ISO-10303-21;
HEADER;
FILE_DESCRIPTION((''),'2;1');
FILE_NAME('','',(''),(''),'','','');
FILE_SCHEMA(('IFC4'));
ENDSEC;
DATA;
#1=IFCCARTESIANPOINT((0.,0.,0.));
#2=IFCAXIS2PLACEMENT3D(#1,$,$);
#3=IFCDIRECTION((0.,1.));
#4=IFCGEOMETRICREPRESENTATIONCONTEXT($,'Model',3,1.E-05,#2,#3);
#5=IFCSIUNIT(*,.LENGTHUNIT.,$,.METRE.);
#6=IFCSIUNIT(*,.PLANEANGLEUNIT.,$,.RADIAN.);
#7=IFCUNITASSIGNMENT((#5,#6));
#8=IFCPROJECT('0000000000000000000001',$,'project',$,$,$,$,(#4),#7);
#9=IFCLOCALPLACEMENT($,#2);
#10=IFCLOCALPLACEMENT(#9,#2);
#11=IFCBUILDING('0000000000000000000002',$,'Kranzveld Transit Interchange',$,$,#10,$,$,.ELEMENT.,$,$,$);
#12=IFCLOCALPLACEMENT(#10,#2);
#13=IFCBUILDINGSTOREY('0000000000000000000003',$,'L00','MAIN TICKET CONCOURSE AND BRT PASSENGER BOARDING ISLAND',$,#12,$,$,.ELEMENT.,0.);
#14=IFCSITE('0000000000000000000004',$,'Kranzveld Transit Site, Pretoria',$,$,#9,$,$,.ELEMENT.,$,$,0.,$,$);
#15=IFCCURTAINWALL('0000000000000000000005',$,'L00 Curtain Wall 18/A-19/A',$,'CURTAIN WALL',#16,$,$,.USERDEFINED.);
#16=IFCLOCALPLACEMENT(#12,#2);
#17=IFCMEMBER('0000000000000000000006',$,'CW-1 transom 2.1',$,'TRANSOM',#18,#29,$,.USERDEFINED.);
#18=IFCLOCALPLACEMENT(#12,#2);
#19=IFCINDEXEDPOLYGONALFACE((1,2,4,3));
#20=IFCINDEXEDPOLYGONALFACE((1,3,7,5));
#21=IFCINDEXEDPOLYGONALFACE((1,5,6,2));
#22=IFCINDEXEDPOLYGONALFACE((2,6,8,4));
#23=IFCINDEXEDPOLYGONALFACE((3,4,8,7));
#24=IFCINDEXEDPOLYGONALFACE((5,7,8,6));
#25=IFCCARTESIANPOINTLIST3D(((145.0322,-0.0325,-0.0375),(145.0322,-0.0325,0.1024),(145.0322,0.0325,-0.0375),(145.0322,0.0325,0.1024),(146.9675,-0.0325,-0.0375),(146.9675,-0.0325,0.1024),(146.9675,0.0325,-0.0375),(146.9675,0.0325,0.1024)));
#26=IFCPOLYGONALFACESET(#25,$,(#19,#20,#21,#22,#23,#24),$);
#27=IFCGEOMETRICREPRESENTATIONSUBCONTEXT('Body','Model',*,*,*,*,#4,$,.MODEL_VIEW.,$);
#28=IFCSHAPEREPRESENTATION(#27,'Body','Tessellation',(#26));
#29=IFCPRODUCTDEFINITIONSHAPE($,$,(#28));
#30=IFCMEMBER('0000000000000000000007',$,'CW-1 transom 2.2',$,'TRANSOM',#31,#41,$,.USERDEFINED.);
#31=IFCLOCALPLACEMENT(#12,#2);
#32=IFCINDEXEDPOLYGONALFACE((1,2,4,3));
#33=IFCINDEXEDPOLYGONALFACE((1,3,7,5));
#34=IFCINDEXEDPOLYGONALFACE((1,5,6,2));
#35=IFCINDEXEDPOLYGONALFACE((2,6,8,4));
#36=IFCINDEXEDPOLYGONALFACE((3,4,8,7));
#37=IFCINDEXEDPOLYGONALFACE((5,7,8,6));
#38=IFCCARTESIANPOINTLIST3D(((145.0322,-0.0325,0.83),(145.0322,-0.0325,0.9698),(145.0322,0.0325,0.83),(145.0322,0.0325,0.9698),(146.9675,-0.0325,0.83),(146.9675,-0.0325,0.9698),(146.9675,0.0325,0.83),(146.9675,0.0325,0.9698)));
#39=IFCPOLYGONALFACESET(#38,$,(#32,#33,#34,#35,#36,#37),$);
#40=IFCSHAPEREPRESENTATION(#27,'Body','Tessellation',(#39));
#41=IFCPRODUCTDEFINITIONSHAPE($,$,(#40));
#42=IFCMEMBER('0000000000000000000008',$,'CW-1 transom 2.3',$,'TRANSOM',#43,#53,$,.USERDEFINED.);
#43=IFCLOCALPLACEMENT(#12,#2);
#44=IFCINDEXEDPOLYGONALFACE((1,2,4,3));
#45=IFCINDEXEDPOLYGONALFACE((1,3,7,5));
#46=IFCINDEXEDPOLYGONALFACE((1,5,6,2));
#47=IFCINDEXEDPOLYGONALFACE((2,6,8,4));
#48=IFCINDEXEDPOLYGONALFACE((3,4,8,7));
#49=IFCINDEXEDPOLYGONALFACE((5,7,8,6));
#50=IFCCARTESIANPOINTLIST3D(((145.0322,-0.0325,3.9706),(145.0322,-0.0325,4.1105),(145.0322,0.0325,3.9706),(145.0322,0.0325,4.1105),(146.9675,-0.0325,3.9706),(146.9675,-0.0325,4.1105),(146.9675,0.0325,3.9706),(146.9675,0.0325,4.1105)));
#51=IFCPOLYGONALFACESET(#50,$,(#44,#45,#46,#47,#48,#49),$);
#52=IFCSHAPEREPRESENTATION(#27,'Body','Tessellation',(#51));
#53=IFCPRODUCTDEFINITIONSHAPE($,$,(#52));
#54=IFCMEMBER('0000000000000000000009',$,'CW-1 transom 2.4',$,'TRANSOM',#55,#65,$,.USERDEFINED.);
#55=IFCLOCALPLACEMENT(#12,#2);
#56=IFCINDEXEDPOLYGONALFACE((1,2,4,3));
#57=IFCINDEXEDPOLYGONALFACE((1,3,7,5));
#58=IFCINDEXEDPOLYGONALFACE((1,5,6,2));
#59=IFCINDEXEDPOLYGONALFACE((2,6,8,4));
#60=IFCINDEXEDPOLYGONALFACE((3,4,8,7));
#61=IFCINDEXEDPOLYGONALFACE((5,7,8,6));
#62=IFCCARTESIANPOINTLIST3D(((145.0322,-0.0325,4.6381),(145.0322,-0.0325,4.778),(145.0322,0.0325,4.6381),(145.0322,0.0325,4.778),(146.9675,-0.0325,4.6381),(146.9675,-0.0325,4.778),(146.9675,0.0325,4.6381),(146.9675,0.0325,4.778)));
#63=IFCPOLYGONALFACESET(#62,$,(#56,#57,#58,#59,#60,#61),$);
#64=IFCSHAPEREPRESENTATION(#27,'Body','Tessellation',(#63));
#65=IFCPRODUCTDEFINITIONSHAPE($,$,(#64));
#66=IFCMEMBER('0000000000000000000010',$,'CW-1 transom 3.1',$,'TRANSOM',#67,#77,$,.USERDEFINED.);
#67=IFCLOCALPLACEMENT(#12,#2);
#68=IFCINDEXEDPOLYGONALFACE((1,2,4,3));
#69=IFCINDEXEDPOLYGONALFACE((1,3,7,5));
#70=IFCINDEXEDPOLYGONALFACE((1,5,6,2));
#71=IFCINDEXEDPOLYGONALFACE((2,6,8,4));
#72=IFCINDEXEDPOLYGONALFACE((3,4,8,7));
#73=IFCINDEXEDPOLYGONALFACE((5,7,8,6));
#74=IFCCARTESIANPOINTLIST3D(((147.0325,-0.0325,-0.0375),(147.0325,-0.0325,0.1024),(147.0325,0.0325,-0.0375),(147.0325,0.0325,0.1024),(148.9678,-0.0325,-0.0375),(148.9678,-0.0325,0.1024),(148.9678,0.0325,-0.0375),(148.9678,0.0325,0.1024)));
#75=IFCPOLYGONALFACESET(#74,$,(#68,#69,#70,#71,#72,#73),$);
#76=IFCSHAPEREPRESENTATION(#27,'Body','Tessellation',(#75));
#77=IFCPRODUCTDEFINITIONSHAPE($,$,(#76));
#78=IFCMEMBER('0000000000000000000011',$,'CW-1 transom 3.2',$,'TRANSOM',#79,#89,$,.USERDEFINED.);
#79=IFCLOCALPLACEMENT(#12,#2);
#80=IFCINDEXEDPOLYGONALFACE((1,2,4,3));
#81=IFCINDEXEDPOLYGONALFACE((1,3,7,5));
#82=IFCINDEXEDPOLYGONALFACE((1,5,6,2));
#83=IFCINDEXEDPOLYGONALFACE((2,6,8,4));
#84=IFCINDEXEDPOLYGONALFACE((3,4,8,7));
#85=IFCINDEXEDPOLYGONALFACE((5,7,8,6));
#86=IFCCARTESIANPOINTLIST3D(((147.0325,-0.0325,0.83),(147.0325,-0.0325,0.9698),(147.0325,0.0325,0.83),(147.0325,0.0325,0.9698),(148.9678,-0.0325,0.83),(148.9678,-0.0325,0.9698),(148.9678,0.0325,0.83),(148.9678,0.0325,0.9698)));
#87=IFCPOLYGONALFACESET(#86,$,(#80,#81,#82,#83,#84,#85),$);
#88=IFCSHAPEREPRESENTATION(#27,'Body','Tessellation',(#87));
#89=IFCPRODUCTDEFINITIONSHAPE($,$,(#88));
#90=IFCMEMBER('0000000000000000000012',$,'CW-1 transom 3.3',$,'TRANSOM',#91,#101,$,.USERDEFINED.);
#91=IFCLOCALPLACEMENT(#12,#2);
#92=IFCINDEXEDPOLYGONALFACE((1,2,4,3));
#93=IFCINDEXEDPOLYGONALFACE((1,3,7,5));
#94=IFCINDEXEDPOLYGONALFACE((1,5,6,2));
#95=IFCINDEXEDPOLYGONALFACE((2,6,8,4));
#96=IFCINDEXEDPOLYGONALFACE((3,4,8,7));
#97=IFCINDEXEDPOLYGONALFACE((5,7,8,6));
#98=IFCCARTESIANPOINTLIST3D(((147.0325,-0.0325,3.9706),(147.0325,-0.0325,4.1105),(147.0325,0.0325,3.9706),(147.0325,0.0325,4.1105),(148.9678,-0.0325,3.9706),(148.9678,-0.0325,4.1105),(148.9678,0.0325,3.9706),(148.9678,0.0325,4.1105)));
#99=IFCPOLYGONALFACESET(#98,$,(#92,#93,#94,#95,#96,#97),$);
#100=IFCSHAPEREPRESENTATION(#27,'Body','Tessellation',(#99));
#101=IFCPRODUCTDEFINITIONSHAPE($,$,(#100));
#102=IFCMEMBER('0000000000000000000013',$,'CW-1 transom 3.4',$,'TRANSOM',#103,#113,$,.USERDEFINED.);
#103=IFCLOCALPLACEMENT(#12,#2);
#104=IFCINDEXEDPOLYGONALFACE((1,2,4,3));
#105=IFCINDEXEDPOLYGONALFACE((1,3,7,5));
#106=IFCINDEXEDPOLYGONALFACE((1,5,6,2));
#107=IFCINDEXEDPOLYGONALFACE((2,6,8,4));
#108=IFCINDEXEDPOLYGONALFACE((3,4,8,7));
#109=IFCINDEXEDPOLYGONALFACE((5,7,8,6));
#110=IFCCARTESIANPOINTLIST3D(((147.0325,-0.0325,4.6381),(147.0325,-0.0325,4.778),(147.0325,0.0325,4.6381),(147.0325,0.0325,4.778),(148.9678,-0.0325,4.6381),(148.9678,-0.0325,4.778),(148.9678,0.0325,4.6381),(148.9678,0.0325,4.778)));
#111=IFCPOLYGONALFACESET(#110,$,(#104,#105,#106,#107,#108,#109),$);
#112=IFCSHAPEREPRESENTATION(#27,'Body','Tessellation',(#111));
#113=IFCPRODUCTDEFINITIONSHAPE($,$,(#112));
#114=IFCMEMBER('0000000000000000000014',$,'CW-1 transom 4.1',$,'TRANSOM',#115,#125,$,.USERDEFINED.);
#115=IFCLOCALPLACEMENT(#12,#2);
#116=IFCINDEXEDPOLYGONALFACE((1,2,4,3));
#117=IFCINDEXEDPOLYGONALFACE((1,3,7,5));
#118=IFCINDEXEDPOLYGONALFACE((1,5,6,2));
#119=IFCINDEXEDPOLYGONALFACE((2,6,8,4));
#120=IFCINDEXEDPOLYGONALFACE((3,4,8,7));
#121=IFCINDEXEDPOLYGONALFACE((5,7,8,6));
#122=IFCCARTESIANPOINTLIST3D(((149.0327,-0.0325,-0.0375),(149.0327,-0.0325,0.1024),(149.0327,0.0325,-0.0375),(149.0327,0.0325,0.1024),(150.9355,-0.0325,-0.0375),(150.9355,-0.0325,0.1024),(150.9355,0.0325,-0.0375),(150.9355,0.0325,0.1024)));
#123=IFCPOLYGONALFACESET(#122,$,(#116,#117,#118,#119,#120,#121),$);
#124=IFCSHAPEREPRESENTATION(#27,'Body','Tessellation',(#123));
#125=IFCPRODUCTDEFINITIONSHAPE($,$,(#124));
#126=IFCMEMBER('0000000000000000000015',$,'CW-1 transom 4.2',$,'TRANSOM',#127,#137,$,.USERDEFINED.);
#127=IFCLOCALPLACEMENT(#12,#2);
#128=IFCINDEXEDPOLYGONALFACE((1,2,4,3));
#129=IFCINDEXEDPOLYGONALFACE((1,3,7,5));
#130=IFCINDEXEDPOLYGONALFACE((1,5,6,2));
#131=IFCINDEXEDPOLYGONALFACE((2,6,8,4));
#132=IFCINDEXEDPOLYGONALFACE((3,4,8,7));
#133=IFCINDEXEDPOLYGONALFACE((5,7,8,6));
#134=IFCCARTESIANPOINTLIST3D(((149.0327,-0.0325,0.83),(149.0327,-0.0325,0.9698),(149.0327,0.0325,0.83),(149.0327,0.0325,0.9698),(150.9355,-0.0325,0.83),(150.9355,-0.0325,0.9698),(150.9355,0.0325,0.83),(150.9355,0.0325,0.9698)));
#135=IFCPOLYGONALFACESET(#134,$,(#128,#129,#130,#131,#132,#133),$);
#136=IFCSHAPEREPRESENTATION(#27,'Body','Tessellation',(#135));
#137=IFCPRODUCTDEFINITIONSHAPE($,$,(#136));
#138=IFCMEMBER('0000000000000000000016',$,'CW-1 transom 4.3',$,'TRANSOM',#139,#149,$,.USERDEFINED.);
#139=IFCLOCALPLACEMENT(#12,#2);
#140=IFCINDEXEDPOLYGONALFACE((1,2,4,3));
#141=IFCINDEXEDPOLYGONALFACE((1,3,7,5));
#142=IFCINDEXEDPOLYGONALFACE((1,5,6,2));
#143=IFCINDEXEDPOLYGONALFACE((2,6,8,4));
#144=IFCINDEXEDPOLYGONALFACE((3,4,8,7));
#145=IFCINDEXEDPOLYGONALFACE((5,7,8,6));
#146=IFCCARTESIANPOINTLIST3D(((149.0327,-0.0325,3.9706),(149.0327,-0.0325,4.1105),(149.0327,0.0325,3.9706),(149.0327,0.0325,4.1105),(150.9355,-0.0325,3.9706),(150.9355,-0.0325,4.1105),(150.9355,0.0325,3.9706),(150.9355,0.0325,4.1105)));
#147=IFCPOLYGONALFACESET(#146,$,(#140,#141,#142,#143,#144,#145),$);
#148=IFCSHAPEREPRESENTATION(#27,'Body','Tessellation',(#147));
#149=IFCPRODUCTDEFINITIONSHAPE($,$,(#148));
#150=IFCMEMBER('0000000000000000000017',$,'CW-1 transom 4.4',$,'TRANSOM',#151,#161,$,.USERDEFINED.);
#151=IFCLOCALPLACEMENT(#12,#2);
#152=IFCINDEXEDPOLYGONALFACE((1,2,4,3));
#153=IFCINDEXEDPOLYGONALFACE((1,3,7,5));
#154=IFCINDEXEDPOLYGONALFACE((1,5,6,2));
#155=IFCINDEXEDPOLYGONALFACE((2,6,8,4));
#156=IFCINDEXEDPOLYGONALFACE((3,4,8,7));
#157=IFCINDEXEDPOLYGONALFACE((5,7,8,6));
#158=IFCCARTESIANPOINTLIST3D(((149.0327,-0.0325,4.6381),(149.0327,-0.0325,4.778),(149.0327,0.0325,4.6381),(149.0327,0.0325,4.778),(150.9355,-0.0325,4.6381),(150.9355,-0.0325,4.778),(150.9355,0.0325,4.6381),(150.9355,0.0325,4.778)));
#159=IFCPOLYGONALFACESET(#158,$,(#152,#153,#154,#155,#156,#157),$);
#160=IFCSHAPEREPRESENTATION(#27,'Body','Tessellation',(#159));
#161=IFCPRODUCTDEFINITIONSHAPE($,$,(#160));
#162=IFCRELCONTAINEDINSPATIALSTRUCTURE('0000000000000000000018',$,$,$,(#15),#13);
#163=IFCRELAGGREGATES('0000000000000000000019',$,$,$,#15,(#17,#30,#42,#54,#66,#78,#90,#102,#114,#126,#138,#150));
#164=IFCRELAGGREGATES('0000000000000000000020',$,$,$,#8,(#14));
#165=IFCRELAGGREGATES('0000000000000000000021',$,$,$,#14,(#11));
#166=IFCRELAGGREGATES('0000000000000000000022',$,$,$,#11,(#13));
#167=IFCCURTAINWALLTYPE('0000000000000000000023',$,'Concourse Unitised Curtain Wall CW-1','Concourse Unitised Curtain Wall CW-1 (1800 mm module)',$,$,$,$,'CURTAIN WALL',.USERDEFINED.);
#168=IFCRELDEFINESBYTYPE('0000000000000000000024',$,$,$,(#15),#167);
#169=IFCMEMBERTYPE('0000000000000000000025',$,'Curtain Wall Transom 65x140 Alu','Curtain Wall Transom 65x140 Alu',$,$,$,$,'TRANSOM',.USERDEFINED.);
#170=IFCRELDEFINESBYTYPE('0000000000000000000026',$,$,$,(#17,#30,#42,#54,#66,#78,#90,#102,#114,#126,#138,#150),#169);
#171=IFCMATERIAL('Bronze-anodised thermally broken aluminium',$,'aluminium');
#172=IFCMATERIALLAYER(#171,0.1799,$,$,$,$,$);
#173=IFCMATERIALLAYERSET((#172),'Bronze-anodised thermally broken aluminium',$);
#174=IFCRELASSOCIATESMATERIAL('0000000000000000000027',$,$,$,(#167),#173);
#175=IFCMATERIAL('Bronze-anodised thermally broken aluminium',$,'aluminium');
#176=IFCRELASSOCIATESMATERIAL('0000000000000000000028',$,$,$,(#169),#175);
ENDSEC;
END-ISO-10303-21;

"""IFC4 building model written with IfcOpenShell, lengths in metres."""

from ifc_helpers import new_model, si_unit, direction, frame, origin, origin_2d, place, context, subcontext, project, spatial, rectangle, extrude, material, layer, layer_set, material_profile, profile_set, type_object, element, aggregate, save


model = new_model("IFC4")

# Units and contexts
model_context = context("Model", 3, precision=1e-05, world=origin(), true_north=direction((0.0, 1.0)))
body_context = subcontext(model_context, "Body", "Model", "MODEL_VIEW")
ifc_project = project(units=[si_unit("LENGTHUNIT", "METRE"), si_unit("PLANEANGLEUNIT", "RADIAN")], contexts=[model_context])

# Site, building, storey
site_placement = place(None, origin())
site = spatial("IfcSite", under=ifc_project, at=site_placement, Name="Kranzveld Transit Site, Pretoria", CompositionType="ELEMENT", RefElevation=0.0)
building_placement = place(site_placement, origin())
building = spatial("IfcBuilding", under=site, at=building_placement, Name="Kranzveld Transit Interchange", CompositionType="ELEMENT")
storey_placement = place(building_placement, origin())
storey = spatial("IfcBuildingStorey", under=building, at=storey_placement, Name="L00", Description="MAIN TICKET CONCOURSE AND BRT PASSENGER BOARDING ISLAND", CompositionType="ELEMENT", Elevation=0.0)

# Curtain wall, members
ifc_material_1 = material(Name="Bronze-anodised thermally broken aluminium", Category="aluminium")
ifc_layer_1 = layer(ifc_material_1, 0.1799)
ifc_layer_set_1 = layer_set([ifc_layer_1], Name="Bronze-anodised thermally broken aluminium")
curtain_wall_type = type_object("IfcCurtainWallType", Name="Concourse Unitised Curtain Wall CW-1", Description="Concourse Unitised Curtain Wall CW-1 (1800 mm module)", ElementType="CURTAIN WALL", PredefinedType="USERDEFINED", material=ifc_layer_set_1)
curtain_wall_placement = place(storey_placement, origin())
curtain_wall = element("IfcCurtainWall", 1, at=curtain_wall_placement, inside=storey, type_object=curtain_wall_type, Name="L00 Curtain Wall 18/A-19/A", ObjectType="CURTAIN WALL", PredefinedType="USERDEFINED")
ifc_material_2 = material(Name="Bronze-anodised thermally broken aluminium", Category="aluminium")
ifc_material_profile_1 = material_profile(ifc_material_2, rectangle(XDim=0.0649, YDim=0.1399, at=origin_2d()), Name="ALU TRANSOM 65x140")
ifc_profile_set_1 = profile_set([ifc_material_profile_1], Name="Bronze-anodised thermally broken aluminium")
member_type_1 = type_object("IfcMemberType", Name="Curtain Wall Transom 65x140 Alu", Description="Curtain Wall Transom 65x140 Alu", ElementType="TRANSOM", PredefinedType="USERDEFINED", material=ifc_profile_set_1)
member_1_placement = place(storey_placement, frame((145.0322, 0.0, 0.0325), z_axis=(1.0, 0.0, 0.0), x_axis=(0.0, 1.0, 0.0)))
member_1 = element("IfcMember", 2, at=member_1_placement, type_object=member_type_1, Name="CW-1 transom 2.1", ObjectType="TRANSOM", PredefinedType="USERDEFINED", context=body_context, shape_type="SweptSolid", body=[
    extrude(rectangle(XDim=0.0649, YDim=0.1399, at=origin_2d()), origin(), (0.0, 0.0, 1.0), 1.9353),
])
member_2_placement = place(storey_placement, frame((145.0322, 0.0, 0.8999), z_axis=(1.0, 0.0, 0.0), x_axis=(0.0, 1.0, 0.0)))
member_2 = element("IfcMember", 3, at=member_2_placement, type_object=member_type_1, Name="CW-1 transom 2.2", ObjectType="TRANSOM", PredefinedType="USERDEFINED", context=body_context, shape_type="SweptSolid", body=[
    extrude(rectangle(XDim=0.0649, YDim=0.1399, at=origin_2d()), origin(), (0.0, 0.0, 1.0), 1.9353),
])
member_3_placement = place(storey_placement, frame((145.0322, 0.0, 4.0405), z_axis=(1.0, 0.0, 0.0), x_axis=(0.0, 1.0, 0.0)))
member_3 = element("IfcMember", 4, at=member_3_placement, type_object=member_type_1, Name="CW-1 transom 2.3", ObjectType="TRANSOM", PredefinedType="USERDEFINED", context=body_context, shape_type="SweptSolid", body=[
    extrude(rectangle(XDim=0.0649, YDim=0.1399, at=origin_2d()), origin(), (0.0, 0.0, 1.0), 1.9353),
])
member_4_placement = place(storey_placement, frame((145.0322, 0.0, 4.708), z_axis=(1.0, 0.0, 0.0), x_axis=(0.0, 1.0, 0.0)))
member_4 = element("IfcMember", 5, at=member_4_placement, type_object=member_type_1, Name="CW-1 transom 2.4", ObjectType="TRANSOM", PredefinedType="USERDEFINED", context=body_context, shape_type="SweptSolid", body=[
    extrude(rectangle(XDim=0.0649, YDim=0.1399, at=origin_2d()), origin(), (0.0, 0.0, 1.0), 1.9353),
])
member_5_placement = place(storey_placement, frame((147.0325, 0.0, 0.0325), z_axis=(1.0, 0.0, 0.0), x_axis=(0.0, 1.0, 0.0)))
member_5 = element("IfcMember", 6, at=member_5_placement, type_object=member_type_1, Name="CW-1 transom 3.1", ObjectType="TRANSOM", PredefinedType="USERDEFINED", context=body_context, shape_type="SweptSolid", body=[
    extrude(rectangle(XDim=0.0649, YDim=0.1399, at=origin_2d()), origin(), (0.0, 0.0, 1.0), 1.9353),
])
member_6_placement = place(storey_placement, frame((147.0325, 0.0, 0.8999), z_axis=(1.0, 0.0, 0.0), x_axis=(0.0, 1.0, 0.0)))
member_6 = element("IfcMember", 7, at=member_6_placement, type_object=member_type_1, Name="CW-1 transom 3.2", ObjectType="TRANSOM", PredefinedType="USERDEFINED", context=body_context, shape_type="SweptSolid", body=[
    extrude(rectangle(XDim=0.0649, YDim=0.1399, at=origin_2d()), origin(), (0.0, 0.0, 1.0), 1.9353),
])
member_7_placement = place(storey_placement, frame((147.0325, 0.0, 4.0405), z_axis=(1.0, 0.0, 0.0), x_axis=(0.0, 1.0, 0.0)))
member_7 = element("IfcMember", 8, at=member_7_placement, type_object=member_type_1, Name="CW-1 transom 3.3", ObjectType="TRANSOM", PredefinedType="USERDEFINED", context=body_context, shape_type="SweptSolid", body=[
    extrude(rectangle(XDim=0.0649, YDim=0.1399, at=origin_2d()), origin(), (0.0, 0.0, 1.0), 1.9353),
])
member_8_placement = place(storey_placement, frame((147.0325, 0.0, 4.708), z_axis=(1.0, 0.0, 0.0), x_axis=(0.0, 1.0, 0.0)))
member_8 = element("IfcMember", 9, at=member_8_placement, type_object=member_type_1, Name="CW-1 transom 3.4", ObjectType="TRANSOM", PredefinedType="USERDEFINED", context=body_context, shape_type="SweptSolid", body=[
    extrude(rectangle(XDim=0.0649, YDim=0.1399, at=origin_2d()), origin(), (0.0, 0.0, 1.0), 1.9353),
])
member_9_placement = place(storey_placement, frame((149.0327, 0.0, 0.0325), z_axis=(1.0, 0.0, 0.0), x_axis=(0.0, 1.0, 0.0)))
member_9 = element("IfcMember", 10, at=member_9_placement, type_object=member_type_1, Name="CW-1 transom 4.1", ObjectType="TRANSOM", PredefinedType="USERDEFINED", context=body_context, shape_type="SweptSolid", body=[
    extrude(rectangle(XDim=0.0649, YDim=0.1399, at=origin_2d()), origin(), (0.0, 0.0, 1.0), 1.9028),
])
member_10_placement = place(storey_placement, frame((149.0327, 0.0, 0.8999), z_axis=(1.0, 0.0, 0.0), x_axis=(0.0, 1.0, 0.0)))
member_10 = element("IfcMember", 11, at=member_10_placement, type_object=member_type_1, Name="CW-1 transom 4.2", ObjectType="TRANSOM", PredefinedType="USERDEFINED", context=body_context, shape_type="SweptSolid", body=[
    extrude(rectangle(XDim=0.0649, YDim=0.1399, at=origin_2d()), origin(), (0.0, 0.0, 1.0), 1.9028),
])
member_11_placement = place(storey_placement, frame((149.0327, 0.0, 4.0405), z_axis=(1.0, 0.0, 0.0), x_axis=(0.0, 1.0, 0.0)))
member_11 = element("IfcMember", 12, at=member_11_placement, type_object=member_type_1, Name="CW-1 transom 4.3", ObjectType="TRANSOM", PredefinedType="USERDEFINED", context=body_context, shape_type="SweptSolid", body=[
    extrude(rectangle(XDim=0.0649, YDim=0.1399, at=origin_2d()), origin(), (0.0, 0.0, 1.0), 1.9028),
])
member_12_placement = place(storey_placement, frame((149.0327, 0.0, 4.708), z_axis=(1.0, 0.0, 0.0), x_axis=(0.0, 1.0, 0.0)))
member_12 = element("IfcMember", 13, at=member_12_placement, type_object=member_type_1, Name="CW-1 transom 4.4", ObjectType="TRANSOM", PredefinedType="USERDEFINED", context=body_context, shape_type="SweptSolid", body=[
    extrude(rectangle(XDim=0.0649, YDim=0.1399, at=origin_2d()), origin(), (0.0, 0.0, 1.0), 1.9028),
])

aggregate(curtain_wall, [member_1, member_2, member_3, member_4, member_5, member_6, member_7, member_8, member_9, member_10, member_11, member_12])

save(model, "model.ifc")
